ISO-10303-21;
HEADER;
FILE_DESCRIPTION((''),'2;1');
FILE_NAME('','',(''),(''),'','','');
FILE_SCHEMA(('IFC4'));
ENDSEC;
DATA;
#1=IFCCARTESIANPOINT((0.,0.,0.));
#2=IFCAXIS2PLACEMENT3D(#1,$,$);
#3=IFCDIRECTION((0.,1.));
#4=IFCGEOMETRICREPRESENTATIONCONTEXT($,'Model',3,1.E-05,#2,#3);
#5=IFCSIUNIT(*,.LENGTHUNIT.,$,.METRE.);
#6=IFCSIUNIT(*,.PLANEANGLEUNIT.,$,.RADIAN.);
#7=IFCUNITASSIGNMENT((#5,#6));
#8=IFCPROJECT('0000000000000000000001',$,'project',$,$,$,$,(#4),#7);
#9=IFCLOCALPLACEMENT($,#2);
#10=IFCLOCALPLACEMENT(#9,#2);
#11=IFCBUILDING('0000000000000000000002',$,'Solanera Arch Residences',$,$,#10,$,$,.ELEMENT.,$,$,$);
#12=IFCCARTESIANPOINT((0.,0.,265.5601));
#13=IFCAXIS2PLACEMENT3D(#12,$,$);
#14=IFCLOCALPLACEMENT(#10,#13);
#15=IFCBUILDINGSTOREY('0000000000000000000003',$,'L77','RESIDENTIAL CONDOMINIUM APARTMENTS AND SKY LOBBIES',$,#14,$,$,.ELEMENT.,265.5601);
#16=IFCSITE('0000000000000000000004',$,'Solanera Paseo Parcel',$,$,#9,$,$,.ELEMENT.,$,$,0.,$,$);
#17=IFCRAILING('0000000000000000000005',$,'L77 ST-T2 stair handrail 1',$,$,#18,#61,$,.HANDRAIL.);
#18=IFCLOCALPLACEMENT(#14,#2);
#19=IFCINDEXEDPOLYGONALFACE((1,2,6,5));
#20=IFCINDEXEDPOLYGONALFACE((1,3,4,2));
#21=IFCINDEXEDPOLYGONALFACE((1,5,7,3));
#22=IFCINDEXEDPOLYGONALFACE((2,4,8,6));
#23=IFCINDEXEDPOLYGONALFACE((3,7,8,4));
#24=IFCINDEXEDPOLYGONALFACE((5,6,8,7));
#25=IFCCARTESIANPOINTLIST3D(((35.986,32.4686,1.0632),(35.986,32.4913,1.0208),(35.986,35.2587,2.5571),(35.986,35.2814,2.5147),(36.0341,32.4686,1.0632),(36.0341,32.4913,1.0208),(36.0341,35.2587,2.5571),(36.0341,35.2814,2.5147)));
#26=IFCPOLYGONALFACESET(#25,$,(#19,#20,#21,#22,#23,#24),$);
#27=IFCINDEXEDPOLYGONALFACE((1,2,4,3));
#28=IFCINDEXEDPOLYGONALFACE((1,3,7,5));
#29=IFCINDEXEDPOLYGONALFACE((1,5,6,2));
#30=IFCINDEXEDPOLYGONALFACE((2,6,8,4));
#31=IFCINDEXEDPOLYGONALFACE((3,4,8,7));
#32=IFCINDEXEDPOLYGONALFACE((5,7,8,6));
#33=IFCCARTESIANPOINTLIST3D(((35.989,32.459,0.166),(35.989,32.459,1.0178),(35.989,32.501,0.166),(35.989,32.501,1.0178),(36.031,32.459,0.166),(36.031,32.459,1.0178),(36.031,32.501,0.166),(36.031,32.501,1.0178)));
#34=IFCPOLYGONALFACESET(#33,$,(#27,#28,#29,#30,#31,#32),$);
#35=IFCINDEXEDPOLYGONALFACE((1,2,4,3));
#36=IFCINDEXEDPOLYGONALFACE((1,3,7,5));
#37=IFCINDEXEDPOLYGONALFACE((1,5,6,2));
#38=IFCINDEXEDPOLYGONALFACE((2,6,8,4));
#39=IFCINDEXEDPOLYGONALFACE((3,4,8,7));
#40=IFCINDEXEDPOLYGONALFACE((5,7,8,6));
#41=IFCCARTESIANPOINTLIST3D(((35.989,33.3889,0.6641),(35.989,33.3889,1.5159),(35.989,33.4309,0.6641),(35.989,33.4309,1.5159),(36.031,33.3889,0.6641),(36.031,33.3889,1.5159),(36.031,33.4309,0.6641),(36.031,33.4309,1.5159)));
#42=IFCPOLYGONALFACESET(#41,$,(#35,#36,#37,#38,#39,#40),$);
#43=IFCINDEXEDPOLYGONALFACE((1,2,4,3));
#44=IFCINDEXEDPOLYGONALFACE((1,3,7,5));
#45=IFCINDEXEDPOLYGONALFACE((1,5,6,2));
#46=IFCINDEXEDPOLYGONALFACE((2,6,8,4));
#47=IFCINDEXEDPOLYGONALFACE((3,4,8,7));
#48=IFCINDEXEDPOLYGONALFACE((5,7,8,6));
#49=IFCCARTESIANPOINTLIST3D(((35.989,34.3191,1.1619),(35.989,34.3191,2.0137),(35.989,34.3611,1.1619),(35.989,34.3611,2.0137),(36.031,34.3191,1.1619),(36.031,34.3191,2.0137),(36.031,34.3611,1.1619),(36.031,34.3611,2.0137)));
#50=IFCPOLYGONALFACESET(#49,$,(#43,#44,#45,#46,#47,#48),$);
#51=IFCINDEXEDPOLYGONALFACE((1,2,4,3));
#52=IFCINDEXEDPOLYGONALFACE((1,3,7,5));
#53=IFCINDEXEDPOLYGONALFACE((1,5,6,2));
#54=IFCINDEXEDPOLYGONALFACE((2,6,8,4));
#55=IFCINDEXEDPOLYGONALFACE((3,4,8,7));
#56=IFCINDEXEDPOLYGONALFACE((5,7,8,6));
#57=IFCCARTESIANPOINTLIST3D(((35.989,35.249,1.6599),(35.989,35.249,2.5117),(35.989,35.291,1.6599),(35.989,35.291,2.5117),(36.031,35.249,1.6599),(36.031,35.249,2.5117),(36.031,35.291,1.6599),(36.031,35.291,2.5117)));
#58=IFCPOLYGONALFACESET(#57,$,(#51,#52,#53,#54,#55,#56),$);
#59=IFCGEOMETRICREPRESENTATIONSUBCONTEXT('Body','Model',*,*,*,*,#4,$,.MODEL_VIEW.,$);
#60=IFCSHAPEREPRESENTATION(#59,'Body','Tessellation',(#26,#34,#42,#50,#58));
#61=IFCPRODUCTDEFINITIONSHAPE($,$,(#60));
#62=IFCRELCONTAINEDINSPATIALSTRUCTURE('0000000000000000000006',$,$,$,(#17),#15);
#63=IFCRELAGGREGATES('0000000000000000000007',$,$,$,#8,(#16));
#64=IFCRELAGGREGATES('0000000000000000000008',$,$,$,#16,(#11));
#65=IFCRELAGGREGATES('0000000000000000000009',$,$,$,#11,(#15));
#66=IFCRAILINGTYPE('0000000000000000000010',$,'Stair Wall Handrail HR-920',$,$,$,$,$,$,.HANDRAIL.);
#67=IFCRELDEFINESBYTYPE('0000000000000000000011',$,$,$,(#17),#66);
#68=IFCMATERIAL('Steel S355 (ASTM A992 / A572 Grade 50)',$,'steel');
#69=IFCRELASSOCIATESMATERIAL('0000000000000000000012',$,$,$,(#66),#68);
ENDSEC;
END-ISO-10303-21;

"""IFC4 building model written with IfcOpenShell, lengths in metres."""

from ifc_helpers import new_model, si_unit, direction, frame, origin, origin_2d, place, context, subcontext, project, spatial, rectangle, extrude, material, type_object, element, save


model = new_model("IFC4")

# Units and contexts
model_context = context("Model", 3, precision=1e-05, world=origin(), true_north=direction((0.0, 1.0)))
body_context = subcontext(model_context, "Body", "Model", "MODEL_VIEW")
ifc_project = project(units=[si_unit("LENGTHUNIT", "METRE"), si_unit("PLANEANGLEUNIT", "RADIAN")], contexts=[model_context])

# Site, building, storey
site_placement = place(None, origin())
site = spatial("IfcSite", under=ifc_project, at=site_placement, Name="Solanera Paseo Parcel", CompositionType="ELEMENT", RefElevation=0.0)
building_placement = place(site_placement, origin())
building = spatial("IfcBuilding", under=site, at=building_placement, Name="Solanera Arch Residences", CompositionType="ELEMENT")
storey_placement = place(building_placement, frame((0.0, 0.0, 265.5601)))
storey = spatial("IfcBuildingStorey", under=building, at=storey_placement, Name="L77", Description="RESIDENTIAL CONDOMINIUM APARTMENTS AND SKY LOBBIES", CompositionType="ELEMENT", Elevation=265.5601)

# Railing
ifc_material_1 = material(Name="Steel S355 (ASTM A992 / A572 Grade 50)", Category="steel")
railing_type_1 = type_object("IfcRailingType", Name="Stair Wall Handrail HR-920", PredefinedType="HANDRAIL", material=ifc_material_1)
railing_1_placement = place(storey_placement, frame((36.01, 32.48, 0.166)))
element("IfcRailing", 1, at=railing_1_placement, inside=storey, type_object=railing_type_1, Name="L77 ST-T2 stair handrail 1", PredefinedType="HANDRAIL", context=body_context, shape_type="SweptSolid", body=[
    extrude(rectangle(XDim=0.0481, YDim=0.0481, at=origin_2d()), frame((0.0, 0.0, 0.876), z_axis=(0.0, 0.881581, 0.472033), x_axis=(-1.0, 0.0, 0.0)), (0.0, 0.0, 1.0), 3.1648),
    extrude(rectangle(XDim=0.042, YDim=0.042, at=origin_2d()), origin(), (0.0, 0.0, 1.0), 0.8518),
    extrude(rectangle(XDim=0.042, YDim=0.042, at=origin_2d()), frame((0.0, 0.9299, 0.498)), (0.0, 0.0, 1.0), 0.8518),
    extrude(rectangle(XDim=0.042, YDim=0.042, at=origin_2d()), frame((0.0, 1.8601, 0.9958)), (0.0, 0.0, 1.0), 0.8518),
    extrude(rectangle(XDim=0.042, YDim=0.042, at=origin_2d()), frame((0.0, 2.79, 1.4939)), (0.0, 0.0, 1.0), 0.8518),
])

save(model, "model.ifc")
